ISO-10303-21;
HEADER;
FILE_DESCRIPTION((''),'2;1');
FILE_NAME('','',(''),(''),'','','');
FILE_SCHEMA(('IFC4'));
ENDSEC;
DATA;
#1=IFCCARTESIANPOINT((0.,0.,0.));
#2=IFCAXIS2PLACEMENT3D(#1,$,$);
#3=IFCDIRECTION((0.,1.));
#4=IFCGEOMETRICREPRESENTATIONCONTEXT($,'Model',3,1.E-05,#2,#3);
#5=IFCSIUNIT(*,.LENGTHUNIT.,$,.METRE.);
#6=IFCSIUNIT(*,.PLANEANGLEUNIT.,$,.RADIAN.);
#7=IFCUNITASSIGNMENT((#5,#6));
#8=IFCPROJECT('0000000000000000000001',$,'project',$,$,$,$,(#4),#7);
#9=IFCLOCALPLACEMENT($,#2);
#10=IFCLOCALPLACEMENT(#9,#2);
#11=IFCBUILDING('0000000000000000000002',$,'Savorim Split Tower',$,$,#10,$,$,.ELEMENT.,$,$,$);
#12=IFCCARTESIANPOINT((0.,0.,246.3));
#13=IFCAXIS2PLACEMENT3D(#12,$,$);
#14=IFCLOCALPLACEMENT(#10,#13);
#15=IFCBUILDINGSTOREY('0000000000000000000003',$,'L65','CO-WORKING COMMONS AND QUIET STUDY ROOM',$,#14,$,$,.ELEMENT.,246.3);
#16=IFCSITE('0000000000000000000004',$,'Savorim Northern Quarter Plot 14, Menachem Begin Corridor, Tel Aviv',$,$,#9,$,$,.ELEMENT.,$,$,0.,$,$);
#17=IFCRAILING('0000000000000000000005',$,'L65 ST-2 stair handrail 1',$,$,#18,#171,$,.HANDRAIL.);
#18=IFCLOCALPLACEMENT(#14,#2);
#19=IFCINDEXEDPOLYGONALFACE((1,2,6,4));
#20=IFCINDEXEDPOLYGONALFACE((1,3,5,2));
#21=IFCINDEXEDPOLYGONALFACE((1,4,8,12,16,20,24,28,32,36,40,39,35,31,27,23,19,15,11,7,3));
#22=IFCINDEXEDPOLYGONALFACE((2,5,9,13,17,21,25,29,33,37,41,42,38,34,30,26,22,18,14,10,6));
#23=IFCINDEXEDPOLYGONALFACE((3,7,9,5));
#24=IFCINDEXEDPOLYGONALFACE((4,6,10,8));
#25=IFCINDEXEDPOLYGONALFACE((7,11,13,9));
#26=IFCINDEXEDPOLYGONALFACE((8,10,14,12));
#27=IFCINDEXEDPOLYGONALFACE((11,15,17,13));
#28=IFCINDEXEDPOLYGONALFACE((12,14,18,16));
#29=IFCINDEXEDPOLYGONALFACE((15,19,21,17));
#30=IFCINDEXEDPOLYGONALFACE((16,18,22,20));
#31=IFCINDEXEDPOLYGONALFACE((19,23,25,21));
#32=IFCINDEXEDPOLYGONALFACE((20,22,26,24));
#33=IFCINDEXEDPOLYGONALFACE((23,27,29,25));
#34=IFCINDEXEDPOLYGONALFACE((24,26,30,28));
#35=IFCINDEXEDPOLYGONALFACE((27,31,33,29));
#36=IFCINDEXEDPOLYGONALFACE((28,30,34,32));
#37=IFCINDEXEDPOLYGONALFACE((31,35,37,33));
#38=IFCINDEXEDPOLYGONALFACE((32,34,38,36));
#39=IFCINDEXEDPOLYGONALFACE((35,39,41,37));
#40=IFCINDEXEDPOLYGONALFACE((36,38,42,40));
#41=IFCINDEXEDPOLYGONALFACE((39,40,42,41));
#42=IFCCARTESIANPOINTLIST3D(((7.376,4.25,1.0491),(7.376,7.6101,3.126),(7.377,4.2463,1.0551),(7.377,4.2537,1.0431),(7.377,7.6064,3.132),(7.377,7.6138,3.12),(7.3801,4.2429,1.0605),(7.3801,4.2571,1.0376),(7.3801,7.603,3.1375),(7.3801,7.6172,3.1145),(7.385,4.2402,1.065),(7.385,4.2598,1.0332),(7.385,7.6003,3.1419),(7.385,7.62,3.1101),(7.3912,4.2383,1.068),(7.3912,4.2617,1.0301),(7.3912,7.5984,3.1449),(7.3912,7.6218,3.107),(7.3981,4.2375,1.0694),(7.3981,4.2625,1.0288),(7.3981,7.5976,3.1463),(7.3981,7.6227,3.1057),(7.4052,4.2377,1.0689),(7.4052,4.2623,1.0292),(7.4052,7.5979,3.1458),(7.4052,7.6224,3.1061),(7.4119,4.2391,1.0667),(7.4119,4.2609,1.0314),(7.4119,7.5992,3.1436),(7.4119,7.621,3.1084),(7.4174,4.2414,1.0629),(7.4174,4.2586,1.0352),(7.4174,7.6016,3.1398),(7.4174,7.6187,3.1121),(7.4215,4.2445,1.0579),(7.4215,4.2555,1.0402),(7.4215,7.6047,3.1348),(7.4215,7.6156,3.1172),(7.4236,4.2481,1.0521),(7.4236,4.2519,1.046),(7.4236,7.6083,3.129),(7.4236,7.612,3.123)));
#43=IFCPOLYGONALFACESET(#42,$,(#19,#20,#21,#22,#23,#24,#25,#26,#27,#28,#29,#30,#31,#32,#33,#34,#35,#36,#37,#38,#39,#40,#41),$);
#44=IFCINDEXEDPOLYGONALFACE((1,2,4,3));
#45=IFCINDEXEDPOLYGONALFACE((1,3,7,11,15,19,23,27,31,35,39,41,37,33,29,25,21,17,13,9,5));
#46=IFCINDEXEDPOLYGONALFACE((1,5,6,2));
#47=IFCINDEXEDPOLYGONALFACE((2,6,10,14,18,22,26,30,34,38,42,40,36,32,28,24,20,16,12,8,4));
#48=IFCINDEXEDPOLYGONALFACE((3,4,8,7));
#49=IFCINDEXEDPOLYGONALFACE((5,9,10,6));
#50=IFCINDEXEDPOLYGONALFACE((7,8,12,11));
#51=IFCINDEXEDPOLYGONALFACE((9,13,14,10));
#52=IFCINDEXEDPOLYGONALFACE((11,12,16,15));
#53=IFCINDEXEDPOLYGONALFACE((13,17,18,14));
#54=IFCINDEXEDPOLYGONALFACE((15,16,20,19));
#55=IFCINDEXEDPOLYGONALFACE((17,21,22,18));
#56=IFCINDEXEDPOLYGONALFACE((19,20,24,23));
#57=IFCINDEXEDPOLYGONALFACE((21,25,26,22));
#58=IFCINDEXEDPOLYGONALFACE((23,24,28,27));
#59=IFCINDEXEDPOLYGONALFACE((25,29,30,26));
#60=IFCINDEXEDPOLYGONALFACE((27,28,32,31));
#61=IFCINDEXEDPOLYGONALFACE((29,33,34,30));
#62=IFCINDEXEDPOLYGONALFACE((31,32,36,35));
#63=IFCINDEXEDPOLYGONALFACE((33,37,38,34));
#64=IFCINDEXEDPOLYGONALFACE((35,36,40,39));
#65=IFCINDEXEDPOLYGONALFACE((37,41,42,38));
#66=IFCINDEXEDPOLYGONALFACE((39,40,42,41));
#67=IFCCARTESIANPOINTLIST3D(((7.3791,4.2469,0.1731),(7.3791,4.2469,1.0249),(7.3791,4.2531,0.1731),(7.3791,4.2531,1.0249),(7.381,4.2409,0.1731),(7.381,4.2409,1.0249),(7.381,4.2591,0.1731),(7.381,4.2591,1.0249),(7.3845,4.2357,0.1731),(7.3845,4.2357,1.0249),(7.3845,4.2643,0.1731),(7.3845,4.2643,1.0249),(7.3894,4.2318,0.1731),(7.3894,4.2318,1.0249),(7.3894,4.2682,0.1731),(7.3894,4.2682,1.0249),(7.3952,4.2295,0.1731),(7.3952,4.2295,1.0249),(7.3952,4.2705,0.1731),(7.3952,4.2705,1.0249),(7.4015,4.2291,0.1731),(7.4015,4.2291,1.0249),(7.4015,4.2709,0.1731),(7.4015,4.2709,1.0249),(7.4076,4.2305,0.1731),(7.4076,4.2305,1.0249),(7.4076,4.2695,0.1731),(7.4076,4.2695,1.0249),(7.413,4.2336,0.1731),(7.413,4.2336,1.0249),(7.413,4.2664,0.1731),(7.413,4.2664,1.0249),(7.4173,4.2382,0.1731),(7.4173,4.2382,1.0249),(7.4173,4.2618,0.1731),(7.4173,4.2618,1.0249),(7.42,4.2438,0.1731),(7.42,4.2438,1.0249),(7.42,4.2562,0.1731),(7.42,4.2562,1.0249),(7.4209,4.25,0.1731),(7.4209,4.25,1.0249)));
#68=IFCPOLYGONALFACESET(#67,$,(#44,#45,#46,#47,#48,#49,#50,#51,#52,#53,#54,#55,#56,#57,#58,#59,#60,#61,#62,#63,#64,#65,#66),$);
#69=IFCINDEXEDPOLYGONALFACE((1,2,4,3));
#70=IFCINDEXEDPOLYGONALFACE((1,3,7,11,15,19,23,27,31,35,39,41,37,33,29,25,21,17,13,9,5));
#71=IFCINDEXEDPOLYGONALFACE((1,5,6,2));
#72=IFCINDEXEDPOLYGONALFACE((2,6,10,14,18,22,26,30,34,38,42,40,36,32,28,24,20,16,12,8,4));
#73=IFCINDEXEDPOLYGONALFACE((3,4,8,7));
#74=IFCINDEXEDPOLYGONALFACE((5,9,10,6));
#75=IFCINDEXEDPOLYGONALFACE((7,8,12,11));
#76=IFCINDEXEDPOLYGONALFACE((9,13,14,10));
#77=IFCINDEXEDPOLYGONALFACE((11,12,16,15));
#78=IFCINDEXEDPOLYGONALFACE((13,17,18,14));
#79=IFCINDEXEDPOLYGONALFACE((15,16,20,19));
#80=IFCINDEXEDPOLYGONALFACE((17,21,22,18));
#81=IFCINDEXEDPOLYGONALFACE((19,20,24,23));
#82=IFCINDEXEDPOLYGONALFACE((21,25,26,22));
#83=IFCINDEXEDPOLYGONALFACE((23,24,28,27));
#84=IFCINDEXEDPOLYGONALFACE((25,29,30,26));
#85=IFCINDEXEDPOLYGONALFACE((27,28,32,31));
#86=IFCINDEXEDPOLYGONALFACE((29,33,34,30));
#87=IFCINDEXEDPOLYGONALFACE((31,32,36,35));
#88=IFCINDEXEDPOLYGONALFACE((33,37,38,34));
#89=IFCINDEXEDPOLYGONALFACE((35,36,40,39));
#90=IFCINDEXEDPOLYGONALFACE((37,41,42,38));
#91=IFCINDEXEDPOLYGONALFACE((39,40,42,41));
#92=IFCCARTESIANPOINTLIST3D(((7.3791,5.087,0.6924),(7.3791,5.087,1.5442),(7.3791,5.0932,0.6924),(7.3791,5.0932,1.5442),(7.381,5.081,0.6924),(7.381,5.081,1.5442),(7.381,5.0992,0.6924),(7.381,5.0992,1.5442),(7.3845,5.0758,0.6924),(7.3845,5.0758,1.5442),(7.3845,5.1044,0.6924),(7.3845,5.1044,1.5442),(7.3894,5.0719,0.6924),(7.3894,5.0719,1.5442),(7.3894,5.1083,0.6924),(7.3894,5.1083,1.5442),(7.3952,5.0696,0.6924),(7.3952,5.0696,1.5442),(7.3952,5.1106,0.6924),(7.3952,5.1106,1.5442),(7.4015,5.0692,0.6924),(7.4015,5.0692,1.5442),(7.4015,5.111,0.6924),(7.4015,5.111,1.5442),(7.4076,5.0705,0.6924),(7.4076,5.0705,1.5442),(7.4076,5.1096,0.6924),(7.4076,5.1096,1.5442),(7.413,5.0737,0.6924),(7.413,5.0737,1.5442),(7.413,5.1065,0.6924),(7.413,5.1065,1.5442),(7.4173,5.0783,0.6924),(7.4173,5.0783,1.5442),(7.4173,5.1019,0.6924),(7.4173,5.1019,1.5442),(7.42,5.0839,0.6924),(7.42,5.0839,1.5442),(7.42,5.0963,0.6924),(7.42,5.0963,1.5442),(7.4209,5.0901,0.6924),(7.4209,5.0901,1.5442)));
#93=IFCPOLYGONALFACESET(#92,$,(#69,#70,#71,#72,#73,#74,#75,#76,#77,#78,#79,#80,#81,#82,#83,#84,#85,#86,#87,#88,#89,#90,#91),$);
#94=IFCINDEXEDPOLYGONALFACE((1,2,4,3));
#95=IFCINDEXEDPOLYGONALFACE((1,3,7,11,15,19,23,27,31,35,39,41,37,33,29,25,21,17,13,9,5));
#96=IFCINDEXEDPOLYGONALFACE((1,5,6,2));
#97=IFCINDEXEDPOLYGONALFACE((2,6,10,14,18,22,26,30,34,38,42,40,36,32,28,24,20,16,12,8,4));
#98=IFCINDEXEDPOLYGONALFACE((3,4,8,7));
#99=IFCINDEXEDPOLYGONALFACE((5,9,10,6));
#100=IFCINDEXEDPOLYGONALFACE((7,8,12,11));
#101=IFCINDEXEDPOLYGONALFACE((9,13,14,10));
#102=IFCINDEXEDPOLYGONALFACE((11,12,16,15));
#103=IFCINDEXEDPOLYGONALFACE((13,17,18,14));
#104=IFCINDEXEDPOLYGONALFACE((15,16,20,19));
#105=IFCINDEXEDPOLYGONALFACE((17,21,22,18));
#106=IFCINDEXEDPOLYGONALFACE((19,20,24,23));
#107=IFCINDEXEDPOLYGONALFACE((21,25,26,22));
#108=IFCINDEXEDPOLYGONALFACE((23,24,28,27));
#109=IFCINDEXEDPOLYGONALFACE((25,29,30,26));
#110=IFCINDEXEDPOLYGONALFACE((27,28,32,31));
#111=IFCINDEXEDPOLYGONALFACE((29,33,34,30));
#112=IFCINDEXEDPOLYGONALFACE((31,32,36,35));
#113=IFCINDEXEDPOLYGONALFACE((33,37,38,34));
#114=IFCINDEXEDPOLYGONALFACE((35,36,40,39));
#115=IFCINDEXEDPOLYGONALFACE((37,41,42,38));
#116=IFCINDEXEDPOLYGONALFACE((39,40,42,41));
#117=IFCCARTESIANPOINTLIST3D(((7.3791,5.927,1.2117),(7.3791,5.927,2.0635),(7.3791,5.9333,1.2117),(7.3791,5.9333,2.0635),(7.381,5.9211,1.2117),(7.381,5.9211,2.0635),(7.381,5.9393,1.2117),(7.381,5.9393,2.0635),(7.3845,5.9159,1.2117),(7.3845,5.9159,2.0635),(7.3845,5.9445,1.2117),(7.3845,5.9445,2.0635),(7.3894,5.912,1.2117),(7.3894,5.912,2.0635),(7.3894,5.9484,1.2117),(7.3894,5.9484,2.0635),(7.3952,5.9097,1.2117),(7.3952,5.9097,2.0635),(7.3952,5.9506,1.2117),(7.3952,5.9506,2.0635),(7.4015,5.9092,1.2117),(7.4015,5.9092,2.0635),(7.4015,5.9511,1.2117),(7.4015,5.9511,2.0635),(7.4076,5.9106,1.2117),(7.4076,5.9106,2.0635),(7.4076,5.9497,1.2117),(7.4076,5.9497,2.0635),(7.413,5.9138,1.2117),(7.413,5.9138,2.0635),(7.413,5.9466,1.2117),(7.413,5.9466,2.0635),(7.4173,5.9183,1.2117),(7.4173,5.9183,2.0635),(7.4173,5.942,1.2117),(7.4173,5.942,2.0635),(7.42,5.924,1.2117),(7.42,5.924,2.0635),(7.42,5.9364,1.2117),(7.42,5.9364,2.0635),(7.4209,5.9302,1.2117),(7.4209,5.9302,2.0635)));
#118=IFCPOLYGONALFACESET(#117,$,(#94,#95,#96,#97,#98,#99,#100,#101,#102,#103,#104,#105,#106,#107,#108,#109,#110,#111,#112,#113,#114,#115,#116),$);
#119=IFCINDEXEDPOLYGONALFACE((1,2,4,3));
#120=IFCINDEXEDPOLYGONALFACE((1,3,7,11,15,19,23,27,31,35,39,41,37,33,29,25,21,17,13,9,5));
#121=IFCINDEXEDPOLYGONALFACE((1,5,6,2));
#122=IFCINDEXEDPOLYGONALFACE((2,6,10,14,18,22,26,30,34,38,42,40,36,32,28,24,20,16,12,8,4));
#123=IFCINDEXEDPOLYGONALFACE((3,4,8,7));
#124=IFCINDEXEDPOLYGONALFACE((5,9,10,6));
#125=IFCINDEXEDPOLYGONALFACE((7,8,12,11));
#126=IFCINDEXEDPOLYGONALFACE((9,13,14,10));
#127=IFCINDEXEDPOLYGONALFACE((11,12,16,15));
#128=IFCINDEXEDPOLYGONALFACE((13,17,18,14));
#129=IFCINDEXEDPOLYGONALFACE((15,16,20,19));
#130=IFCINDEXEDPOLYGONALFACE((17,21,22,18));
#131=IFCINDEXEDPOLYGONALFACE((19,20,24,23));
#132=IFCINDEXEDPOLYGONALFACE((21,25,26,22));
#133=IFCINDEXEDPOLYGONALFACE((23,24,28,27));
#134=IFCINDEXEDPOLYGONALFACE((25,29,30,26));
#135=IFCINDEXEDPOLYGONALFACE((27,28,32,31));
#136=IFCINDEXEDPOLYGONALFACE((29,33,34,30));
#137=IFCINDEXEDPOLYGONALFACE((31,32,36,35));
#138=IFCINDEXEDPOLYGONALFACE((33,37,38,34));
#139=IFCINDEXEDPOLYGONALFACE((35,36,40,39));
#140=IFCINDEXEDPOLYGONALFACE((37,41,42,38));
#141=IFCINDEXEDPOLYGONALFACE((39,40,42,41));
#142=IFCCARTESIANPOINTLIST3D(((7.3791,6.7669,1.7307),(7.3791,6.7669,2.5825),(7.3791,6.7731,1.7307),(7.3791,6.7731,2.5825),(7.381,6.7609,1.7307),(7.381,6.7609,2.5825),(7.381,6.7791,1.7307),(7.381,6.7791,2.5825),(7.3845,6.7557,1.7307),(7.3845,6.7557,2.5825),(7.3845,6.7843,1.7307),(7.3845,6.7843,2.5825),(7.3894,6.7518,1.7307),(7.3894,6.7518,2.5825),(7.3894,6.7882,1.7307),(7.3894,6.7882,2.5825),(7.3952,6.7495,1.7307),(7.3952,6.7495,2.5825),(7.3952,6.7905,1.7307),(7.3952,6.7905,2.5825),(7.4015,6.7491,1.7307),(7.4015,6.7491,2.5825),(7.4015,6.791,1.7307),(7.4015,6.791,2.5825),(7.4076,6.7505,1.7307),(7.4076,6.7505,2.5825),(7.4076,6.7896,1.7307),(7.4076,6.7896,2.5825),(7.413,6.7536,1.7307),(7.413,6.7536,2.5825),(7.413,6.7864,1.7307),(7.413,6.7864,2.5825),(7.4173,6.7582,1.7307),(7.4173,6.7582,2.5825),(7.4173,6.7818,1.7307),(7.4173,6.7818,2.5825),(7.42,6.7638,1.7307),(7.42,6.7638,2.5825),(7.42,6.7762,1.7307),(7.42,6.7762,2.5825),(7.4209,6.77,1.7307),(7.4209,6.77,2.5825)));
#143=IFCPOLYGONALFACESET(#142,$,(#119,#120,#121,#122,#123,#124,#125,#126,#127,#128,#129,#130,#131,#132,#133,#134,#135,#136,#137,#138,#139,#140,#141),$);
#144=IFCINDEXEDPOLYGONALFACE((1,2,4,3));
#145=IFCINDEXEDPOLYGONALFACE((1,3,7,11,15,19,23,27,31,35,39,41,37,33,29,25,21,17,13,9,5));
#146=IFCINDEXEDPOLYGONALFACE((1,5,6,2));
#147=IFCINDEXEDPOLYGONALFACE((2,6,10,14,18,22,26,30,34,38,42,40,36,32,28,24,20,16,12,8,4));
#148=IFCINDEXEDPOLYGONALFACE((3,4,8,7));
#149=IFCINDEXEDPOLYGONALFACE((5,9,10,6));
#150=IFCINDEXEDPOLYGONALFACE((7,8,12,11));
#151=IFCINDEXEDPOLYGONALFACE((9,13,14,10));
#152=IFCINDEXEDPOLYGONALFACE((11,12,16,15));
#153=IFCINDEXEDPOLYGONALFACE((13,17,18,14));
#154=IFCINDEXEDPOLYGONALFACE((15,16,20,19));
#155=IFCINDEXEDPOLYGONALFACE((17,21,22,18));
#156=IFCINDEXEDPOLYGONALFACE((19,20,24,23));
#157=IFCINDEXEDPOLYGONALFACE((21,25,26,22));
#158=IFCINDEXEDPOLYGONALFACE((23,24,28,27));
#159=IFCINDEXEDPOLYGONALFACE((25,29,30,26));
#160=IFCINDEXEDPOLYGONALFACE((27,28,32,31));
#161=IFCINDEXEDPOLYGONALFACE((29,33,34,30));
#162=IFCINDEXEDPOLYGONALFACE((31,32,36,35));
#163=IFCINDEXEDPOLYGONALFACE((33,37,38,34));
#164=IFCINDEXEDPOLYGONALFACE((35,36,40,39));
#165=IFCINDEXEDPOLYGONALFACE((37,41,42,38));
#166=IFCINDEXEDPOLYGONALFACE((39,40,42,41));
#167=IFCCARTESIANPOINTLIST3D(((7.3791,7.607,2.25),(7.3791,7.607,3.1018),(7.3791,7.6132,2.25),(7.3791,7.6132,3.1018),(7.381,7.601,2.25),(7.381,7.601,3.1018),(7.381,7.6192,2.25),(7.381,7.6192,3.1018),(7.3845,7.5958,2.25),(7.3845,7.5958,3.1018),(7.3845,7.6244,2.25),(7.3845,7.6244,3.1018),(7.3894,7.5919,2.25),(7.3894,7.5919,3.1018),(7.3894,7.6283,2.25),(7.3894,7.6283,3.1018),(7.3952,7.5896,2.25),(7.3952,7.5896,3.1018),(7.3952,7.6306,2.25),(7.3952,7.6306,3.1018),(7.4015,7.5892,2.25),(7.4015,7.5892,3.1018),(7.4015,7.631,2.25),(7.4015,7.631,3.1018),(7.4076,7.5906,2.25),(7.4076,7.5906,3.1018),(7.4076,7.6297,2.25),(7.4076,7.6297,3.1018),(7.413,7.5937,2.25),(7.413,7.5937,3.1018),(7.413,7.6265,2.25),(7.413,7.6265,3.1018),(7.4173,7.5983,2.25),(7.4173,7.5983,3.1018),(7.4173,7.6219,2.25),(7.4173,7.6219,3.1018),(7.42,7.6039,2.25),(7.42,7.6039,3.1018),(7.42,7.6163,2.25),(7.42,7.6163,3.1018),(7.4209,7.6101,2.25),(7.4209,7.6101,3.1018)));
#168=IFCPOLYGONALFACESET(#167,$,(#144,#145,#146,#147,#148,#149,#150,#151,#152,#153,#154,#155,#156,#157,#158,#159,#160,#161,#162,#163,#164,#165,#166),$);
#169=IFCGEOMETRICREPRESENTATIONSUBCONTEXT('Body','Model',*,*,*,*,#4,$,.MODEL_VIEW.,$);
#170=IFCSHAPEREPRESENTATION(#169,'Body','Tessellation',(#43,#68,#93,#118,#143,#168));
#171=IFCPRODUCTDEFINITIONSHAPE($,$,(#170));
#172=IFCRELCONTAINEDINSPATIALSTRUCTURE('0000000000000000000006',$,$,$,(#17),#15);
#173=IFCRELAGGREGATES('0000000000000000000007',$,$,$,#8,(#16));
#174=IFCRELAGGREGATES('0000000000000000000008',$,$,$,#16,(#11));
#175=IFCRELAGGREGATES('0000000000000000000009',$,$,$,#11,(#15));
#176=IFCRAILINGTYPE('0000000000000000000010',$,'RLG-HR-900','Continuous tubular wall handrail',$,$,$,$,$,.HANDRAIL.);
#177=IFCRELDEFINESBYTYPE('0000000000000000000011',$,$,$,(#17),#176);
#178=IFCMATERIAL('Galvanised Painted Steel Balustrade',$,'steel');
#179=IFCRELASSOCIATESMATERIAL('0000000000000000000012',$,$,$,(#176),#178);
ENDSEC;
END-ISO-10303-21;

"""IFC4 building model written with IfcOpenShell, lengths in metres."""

from ifc_helpers import new_model, si_unit, direction, frame, origin, origin_2d, place, context, subcontext, project, spatial, circle, extrude, material, type_object, element, save


model = new_model("IFC4")

# Units and contexts
model_context = context("Model", 3, precision=1e-05, world=origin(), true_north=direction((0.0, 1.0)))
body_context = subcontext(model_context, "Body", "Model", "MODEL_VIEW")
ifc_project = project(units=[si_unit("LENGTHUNIT", "METRE"), si_unit("PLANEANGLEUNIT", "RADIAN")], contexts=[model_context])

# Site, building, storey
site_placement = place(None, origin())
site = spatial("IfcSite", under=ifc_project, at=site_placement, Name="Savorim Northern Quarter Plot 14, Menachem Begin Corridor, Tel Aviv", CompositionType="ELEMENT", RefElevation=0.0)
building_placement = place(site_placement, origin())
building = spatial("IfcBuilding", under=site, at=building_placement, Name="Savorim Split Tower", CompositionType="ELEMENT")
storey_placement = place(building_placement, frame((0.0, 0.0, 246.3)))
storey = spatial("IfcBuildingStorey", under=building, at=storey_placement, Name="L65", Description="CO-WORKING COMMONS AND QUIET STUDY ROOM", CompositionType="ELEMENT", Elevation=246.3)

# Railing
ifc_material_1 = material(Name="Galvanised Painted Steel Balustrade", Category="steel")
railing_type_1 = type_object("IfcRailingType", Name="RLG-HR-900", Description="Continuous tubular wall handrail", PredefinedType="HANDRAIL", material=ifc_material_1)
railing_1_placement = place(storey_placement, frame((7.3999, 4.25, 0.1731)))
element("IfcRailing", 1, at=railing_1_placement, inside=storey, type_object=railing_type_1, Name="L65 ST-2 stair handrail 1", PredefinedType="HANDRAIL", context=body_context, shape_type="SweptSolid", body=[
    extrude(circle(Radius=0.0239, at=origin_2d()), frame((0.0, 0.0, 0.876), z_axis=(0.0, 0.850623, 0.525776), x_axis=(-1.0, 0.0, 0.0)), (0.0, 0.0, 1.0), 3.9502),
    extrude(circle(Radius=0.021, at=origin_2d()), origin(), (0.0, 0.0, 1.0), 0.8518),
    extrude(circle(Radius=0.021, at=origin_2d()), frame((0.0, 0.8401, 0.5193)), (0.0, 0.0, 1.0), 0.8518),
    extrude(circle(Radius=0.021, at=origin_2d()), frame((0.0, 1.6802, 1.0386)), (0.0, 0.0, 1.0), 0.8518),
    extrude(circle(Radius=0.021, at=origin_2d()), frame((0.0, 2.52, 1.5576)), (0.0, 0.0, 1.0), 0.8518),
    extrude(circle(Radius=0.021, at=origin_2d()), frame((0.0, 3.3601, 2.0769)), (0.0, 0.0, 1.0), 0.8518),
])

save(model, "model.ifc")
